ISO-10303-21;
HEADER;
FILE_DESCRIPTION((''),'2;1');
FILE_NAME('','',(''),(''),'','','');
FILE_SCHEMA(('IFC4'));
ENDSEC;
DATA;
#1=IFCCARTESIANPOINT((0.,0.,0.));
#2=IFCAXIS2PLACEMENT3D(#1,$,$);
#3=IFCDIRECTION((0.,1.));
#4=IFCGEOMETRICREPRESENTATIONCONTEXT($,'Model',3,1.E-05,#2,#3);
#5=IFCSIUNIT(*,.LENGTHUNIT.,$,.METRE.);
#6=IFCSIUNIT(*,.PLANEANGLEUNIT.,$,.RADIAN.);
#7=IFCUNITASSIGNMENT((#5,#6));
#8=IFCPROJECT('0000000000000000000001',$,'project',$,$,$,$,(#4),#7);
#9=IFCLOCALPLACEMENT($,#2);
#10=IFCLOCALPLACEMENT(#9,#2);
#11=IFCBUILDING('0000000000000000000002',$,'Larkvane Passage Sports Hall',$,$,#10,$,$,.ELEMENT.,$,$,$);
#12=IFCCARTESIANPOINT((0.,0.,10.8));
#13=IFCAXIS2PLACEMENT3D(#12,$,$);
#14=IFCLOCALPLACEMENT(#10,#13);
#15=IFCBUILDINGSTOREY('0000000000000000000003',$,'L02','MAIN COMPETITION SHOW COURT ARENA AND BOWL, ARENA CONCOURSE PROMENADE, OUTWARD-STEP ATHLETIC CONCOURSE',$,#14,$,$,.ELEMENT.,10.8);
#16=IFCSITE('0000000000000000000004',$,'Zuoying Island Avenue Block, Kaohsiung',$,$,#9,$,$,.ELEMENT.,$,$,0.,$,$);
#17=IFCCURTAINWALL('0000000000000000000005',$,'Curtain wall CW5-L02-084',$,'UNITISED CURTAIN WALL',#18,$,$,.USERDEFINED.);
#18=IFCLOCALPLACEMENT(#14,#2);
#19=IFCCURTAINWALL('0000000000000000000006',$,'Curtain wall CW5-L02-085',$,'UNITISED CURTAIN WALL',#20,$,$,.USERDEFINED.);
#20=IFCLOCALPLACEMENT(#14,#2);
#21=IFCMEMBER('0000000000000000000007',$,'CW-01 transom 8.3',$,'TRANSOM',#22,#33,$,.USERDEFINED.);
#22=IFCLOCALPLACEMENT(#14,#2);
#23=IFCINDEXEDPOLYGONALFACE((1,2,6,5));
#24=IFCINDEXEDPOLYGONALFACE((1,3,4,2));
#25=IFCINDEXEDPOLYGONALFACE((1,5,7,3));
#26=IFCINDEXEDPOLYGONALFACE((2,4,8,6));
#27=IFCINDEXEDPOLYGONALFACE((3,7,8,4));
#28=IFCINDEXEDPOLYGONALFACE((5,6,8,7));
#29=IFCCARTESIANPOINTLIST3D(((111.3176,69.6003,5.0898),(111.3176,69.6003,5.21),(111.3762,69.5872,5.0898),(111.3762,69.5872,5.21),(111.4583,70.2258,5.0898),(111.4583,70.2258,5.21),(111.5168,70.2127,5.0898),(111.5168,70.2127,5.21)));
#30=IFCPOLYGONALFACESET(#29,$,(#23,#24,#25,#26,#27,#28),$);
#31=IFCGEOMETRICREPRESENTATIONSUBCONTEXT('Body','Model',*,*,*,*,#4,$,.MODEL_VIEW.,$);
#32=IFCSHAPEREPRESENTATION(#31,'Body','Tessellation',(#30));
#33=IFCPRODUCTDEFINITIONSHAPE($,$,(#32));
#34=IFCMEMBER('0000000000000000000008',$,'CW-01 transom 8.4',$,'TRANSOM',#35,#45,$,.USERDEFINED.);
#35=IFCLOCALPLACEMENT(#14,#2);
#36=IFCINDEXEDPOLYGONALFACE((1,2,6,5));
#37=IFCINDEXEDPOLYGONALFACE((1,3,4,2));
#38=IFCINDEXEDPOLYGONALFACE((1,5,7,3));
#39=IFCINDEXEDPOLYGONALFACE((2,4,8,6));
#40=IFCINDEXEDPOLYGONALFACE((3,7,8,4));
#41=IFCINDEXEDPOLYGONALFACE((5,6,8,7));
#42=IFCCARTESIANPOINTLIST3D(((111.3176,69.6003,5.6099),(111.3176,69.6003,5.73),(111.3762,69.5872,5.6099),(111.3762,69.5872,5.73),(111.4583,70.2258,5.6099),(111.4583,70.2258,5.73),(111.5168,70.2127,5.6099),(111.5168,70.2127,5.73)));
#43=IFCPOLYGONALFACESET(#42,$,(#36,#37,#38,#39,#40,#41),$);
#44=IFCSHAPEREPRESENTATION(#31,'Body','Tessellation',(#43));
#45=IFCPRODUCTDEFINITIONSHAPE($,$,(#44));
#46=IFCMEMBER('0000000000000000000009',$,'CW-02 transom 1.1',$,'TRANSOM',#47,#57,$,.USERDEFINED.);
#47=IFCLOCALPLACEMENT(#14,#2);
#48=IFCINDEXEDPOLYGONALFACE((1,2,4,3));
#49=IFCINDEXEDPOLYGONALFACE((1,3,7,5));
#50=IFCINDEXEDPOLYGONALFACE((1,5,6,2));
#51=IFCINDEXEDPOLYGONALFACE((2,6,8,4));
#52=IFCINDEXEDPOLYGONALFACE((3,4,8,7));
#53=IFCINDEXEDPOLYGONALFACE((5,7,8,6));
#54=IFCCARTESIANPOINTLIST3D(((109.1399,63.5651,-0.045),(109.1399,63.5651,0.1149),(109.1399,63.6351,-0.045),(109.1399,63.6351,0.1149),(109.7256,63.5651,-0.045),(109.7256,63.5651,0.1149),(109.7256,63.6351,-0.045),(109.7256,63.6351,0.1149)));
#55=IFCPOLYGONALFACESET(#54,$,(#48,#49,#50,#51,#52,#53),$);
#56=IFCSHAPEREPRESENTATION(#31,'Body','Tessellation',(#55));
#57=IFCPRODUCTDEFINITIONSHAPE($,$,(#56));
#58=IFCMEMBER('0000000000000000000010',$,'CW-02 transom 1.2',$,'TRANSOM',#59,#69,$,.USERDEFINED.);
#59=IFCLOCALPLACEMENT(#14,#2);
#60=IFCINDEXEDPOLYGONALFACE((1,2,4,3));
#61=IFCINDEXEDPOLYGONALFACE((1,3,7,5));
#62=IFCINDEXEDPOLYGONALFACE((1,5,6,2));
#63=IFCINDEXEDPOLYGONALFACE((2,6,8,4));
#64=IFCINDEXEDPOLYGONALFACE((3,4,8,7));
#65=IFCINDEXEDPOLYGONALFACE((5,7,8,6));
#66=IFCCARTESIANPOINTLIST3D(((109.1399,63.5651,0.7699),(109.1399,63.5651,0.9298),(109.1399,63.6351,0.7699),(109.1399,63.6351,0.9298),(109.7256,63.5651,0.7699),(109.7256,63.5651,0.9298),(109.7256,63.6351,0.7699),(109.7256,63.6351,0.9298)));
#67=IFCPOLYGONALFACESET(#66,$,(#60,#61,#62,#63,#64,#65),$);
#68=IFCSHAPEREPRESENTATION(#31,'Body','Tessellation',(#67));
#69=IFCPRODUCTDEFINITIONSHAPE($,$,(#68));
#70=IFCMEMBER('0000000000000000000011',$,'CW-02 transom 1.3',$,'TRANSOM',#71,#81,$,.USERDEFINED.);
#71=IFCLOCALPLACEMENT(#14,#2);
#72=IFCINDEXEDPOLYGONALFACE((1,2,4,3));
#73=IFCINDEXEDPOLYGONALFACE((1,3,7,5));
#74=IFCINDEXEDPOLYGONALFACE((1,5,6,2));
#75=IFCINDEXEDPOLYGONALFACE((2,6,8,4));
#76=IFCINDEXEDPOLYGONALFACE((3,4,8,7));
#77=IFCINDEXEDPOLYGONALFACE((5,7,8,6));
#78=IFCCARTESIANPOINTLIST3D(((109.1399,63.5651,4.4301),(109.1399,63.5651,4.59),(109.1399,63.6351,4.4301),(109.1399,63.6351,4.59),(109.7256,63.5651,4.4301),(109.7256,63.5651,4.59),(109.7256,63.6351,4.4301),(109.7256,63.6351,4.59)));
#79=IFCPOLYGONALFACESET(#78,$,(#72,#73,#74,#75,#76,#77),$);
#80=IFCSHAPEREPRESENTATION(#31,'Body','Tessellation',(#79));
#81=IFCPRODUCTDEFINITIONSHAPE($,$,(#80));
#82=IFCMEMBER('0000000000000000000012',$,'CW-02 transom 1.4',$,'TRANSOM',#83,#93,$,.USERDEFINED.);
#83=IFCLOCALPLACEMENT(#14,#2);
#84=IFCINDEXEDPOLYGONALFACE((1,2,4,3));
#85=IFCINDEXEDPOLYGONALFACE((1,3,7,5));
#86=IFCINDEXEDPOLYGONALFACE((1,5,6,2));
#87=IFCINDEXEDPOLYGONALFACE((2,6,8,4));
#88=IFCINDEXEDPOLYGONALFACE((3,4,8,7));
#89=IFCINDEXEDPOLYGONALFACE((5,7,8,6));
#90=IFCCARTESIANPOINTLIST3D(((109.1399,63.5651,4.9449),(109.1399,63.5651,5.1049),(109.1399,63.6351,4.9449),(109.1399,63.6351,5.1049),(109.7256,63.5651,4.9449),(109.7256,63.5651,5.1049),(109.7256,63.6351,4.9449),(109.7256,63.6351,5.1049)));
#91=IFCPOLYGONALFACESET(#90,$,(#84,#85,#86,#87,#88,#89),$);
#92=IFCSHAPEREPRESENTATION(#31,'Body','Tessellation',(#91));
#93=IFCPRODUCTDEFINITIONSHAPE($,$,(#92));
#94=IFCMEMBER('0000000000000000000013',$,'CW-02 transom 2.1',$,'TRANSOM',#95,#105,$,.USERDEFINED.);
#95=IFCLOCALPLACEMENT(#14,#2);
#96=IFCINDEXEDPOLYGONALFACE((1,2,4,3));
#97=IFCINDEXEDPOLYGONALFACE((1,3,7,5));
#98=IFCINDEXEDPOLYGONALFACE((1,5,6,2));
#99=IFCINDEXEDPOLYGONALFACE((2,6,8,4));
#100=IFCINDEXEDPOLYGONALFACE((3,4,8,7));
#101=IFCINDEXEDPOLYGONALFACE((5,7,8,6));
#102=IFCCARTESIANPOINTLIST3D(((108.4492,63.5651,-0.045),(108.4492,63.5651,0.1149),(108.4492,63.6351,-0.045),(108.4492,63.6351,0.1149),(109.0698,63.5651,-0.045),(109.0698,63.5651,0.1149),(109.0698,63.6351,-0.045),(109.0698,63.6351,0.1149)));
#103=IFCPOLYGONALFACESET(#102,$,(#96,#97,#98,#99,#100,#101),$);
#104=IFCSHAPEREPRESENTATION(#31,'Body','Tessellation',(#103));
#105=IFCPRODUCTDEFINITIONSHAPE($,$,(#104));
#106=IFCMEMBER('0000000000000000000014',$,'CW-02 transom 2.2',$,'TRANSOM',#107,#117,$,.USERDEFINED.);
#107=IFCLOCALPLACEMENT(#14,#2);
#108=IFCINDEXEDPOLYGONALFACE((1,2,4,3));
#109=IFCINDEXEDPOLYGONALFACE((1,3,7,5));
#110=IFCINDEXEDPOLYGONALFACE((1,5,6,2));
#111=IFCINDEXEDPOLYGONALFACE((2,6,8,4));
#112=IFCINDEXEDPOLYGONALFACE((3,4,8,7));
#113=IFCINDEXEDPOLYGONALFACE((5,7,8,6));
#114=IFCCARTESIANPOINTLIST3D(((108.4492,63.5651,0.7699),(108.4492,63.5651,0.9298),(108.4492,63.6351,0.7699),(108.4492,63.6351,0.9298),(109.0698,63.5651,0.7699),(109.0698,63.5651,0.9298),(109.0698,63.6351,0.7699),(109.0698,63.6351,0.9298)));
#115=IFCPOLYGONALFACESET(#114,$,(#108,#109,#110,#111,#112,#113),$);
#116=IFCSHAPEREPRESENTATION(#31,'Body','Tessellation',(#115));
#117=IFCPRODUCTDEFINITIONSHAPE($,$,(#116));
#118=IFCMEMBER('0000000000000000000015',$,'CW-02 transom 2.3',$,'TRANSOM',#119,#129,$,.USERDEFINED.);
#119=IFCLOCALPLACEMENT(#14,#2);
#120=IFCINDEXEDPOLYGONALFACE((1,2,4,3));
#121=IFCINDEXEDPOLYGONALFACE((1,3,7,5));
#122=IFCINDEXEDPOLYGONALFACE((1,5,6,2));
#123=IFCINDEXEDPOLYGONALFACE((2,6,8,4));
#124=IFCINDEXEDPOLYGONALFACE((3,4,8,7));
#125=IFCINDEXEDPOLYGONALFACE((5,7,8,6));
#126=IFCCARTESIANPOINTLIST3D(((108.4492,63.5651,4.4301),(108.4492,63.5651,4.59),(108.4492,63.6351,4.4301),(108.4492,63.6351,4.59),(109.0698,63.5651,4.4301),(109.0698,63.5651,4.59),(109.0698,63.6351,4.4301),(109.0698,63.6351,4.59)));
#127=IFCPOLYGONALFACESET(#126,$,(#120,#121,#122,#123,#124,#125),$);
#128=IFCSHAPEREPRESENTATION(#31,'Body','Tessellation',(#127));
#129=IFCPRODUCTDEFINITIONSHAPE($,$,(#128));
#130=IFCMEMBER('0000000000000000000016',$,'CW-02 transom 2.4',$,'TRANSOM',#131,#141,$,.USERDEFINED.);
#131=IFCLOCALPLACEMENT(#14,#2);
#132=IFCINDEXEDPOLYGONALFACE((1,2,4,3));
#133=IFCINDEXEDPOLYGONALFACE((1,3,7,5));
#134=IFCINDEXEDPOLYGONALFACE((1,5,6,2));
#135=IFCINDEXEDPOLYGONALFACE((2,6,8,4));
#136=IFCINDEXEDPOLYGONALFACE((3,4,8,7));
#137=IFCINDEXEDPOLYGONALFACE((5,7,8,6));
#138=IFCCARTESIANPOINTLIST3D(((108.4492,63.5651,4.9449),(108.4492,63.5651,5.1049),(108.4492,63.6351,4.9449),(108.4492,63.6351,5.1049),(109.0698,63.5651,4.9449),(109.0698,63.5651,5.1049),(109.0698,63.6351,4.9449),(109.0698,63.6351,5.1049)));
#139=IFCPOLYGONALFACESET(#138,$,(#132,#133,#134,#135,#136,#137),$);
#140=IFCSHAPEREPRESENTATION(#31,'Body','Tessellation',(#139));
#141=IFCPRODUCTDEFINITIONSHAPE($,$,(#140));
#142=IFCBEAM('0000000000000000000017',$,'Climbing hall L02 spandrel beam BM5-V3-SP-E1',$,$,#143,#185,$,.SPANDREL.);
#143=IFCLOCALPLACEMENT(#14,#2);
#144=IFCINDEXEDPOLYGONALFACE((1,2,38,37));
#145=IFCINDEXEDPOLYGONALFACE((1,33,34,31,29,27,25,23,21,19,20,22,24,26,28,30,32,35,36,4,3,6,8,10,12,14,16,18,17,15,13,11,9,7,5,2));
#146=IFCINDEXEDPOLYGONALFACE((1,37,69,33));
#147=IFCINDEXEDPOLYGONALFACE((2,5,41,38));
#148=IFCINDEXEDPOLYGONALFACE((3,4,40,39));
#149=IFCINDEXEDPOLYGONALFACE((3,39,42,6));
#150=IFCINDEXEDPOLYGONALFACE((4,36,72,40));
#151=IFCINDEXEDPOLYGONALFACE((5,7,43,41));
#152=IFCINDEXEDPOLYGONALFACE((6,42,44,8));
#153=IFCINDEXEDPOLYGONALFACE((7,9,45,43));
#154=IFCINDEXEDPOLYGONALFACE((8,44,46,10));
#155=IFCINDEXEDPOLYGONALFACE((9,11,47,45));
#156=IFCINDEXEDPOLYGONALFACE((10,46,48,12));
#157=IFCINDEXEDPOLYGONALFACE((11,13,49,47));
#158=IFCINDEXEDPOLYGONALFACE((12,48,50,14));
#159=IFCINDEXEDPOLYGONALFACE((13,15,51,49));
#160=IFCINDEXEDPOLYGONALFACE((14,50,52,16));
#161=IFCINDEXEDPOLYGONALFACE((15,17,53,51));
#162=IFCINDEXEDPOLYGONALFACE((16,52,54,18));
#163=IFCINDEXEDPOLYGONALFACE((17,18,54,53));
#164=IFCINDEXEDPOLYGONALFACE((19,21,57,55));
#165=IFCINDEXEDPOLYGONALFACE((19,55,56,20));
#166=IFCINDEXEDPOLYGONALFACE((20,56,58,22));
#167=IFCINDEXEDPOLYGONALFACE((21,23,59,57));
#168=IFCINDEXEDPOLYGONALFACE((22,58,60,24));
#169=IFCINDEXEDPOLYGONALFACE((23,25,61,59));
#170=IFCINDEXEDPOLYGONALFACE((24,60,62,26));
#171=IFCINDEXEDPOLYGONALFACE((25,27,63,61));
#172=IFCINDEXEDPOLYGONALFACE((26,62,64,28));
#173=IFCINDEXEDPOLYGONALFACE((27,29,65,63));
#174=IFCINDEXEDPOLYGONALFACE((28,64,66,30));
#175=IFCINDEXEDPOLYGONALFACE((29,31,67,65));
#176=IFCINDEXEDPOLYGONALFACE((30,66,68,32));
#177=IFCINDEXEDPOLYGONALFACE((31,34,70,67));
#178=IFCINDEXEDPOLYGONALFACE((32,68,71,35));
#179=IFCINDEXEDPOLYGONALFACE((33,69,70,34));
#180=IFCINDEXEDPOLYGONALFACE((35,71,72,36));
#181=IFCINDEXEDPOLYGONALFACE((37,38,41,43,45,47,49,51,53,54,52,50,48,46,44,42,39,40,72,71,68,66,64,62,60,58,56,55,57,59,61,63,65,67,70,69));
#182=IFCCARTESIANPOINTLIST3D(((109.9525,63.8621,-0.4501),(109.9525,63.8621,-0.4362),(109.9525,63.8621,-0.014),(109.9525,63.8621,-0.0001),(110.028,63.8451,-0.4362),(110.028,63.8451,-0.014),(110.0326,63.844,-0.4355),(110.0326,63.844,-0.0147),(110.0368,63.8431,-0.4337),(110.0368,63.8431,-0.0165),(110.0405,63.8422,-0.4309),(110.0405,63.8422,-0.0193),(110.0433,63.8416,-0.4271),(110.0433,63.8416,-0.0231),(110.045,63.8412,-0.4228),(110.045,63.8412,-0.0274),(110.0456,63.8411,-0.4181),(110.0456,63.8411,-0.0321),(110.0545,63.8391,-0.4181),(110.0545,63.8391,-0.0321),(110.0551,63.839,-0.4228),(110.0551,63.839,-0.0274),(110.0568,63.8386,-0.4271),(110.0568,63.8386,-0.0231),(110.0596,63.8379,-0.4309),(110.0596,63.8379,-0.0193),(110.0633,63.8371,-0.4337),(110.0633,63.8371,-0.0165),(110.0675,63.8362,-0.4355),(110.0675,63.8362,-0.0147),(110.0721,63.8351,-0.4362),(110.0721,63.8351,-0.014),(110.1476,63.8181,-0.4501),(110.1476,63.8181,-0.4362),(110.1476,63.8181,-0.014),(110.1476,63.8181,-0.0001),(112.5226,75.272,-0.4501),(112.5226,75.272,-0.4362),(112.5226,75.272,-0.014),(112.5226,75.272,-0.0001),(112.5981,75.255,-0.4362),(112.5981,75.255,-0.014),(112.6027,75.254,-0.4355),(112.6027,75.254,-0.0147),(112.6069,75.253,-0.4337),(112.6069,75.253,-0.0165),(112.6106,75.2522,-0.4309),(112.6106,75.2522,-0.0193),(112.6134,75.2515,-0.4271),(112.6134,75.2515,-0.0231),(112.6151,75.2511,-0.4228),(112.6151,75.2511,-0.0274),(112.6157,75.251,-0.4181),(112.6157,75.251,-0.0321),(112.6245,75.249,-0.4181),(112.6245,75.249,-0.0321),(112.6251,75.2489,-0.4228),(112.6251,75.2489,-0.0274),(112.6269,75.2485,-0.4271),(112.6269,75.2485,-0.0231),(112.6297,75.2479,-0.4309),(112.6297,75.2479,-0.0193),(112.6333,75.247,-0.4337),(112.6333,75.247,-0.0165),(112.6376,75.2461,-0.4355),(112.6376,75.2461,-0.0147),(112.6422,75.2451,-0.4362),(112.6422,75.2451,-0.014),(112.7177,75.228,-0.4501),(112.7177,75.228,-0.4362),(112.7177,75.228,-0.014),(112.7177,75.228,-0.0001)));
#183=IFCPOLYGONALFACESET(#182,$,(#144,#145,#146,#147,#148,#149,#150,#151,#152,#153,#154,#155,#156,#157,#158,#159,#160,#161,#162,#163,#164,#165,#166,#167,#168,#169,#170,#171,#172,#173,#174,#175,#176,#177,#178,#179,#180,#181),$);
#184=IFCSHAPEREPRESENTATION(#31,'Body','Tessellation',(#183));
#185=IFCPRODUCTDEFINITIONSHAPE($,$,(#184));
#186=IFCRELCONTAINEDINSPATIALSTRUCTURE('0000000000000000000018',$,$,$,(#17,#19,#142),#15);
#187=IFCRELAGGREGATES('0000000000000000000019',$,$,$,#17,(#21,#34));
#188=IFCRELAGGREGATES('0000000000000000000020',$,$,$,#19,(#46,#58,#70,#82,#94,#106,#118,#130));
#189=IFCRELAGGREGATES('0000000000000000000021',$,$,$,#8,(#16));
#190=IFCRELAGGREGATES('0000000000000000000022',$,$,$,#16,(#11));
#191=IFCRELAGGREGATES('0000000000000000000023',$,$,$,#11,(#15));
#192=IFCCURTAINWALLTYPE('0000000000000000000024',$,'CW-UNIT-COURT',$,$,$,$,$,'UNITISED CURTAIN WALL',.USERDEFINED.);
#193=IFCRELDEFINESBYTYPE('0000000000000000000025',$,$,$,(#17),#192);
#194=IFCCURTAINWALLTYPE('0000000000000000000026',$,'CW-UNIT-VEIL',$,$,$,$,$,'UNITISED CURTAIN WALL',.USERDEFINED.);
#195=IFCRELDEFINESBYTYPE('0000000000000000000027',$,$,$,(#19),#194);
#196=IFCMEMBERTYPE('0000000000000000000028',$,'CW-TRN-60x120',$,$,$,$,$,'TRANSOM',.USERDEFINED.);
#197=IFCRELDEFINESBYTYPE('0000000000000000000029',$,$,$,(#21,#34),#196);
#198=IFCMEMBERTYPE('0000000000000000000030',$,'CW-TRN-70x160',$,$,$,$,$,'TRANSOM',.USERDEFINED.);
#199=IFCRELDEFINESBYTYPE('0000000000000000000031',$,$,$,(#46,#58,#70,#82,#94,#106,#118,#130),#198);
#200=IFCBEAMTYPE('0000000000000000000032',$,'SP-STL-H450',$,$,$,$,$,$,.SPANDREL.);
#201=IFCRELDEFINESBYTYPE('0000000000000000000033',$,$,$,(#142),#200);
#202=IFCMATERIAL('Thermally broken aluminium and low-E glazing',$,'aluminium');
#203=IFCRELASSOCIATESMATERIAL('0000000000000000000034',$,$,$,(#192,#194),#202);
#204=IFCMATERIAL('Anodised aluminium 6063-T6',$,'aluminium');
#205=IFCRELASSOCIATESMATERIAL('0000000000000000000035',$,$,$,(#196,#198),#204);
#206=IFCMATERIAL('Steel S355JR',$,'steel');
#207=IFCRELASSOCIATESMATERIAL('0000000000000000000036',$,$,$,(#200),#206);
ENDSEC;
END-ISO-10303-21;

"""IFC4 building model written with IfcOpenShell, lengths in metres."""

from ifc_helpers import new_model, si_unit, direction, frame, origin, origin_2d, place, context, subcontext, project, spatial, rectangle, i_section, extrude, material, material_profile, profile_set, type_object, element, aggregate, save


model = new_model("IFC4")

# Units and contexts
model_context = context("Model", 3, precision=1e-05, world=origin(), true_north=direction((0.0, 1.0)))
body_context = subcontext(model_context, "Body", "Model", "MODEL_VIEW")
ifc_project = project(units=[si_unit("LENGTHUNIT", "METRE"), si_unit("PLANEANGLEUNIT", "RADIAN")], contexts=[model_context])

# Site, building, storey
site_placement = place(None, origin())
site = spatial("IfcSite", under=ifc_project, at=site_placement, Name="Zuoying Island Avenue Block, Kaohsiung", CompositionType="ELEMENT", RefElevation=0.0)
building_placement = place(site_placement, origin())
building = spatial("IfcBuilding", under=site, at=building_placement, Name="Larkvane Passage Sports Hall", CompositionType="ELEMENT")
storey_placement = place(building_placement, frame((0.0, 0.0, 10.8)))
storey = spatial("IfcBuildingStorey", under=building, at=storey_placement, Name="L02", Description="MAIN COMPETITION SHOW COURT ARENA AND BOWL, ARENA CONCOURSE PROMENADE, OUTWARD-STEP ATHLETIC CONCOURSE", CompositionType="ELEMENT", Elevation=10.8)

# Shared definitions
ifc_material_1 = material(Name="Steel S355JR", Category="steel")

# Curtain walls
ifc_material_2 = material(Name="Thermally broken aluminium and low-E glazing", Category="aluminium")
curtain_wall_type_1 = type_object("IfcCurtainWallType", Name="CW-UNIT-COURT", ElementType="UNITISED CURTAIN WALL", PredefinedType="USERDEFINED", material=ifc_material_2)
curtain_wall_1_placement = place(storey_placement, origin())
curtain_wall_1 = element("IfcCurtainWall", 1, at=curtain_wall_1_placement, inside=storey, type_object=curtain_wall_type_1, Name="Curtain wall CW5-L02-084", ObjectType="UNITISED CURTAIN WALL", PredefinedType="USERDEFINED")
ifc_material_3 = material(Name="Anodised aluminium 6063-T6", Category="aluminium")
curtain_wall_type_2 = type_object("IfcCurtainWallType", Name="CW-UNIT-VEIL", ElementType="UNITISED CURTAIN WALL", PredefinedType="USERDEFINED", material=ifc_material_2)
curtain_wall_2_placement = place(storey_placement, origin())
curtain_wall_2 = element("IfcCurtainWall", 2, at=curtain_wall_2_placement, inside=storey, type_object=curtain_wall_type_2, Name="Curtain wall CW5-L02-085", ObjectType="UNITISED CURTAIN WALL", PredefinedType="USERDEFINED")

# Members
ifc_material_profile_1 = material_profile(ifc_material_3, rectangle(XDim=0.0601, YDim=0.1201, at=origin_2d()), Name="ALU-TRN-60x120")
ifc_profile_set_1 = profile_set([ifc_material_profile_1], Name="Anodised aluminium 6063-T6")
member_type_1 = type_object("IfcMemberType", Name="CW-TRN-60x120", ElementType="TRANSOM", PredefinedType="USERDEFINED", material=ifc_profile_set_1)
member_1_placement = place(storey_placement, frame((111.4875, 70.2192, 5.1499), z_axis=(-0.219349, -0.975646, 0.0), x_axis=(0.975646, -0.219349, 0.0)))
member_1 = element("IfcMember", 3, at=member_1_placement, type_object=member_type_1, Name="CW-01 transom 8.3", ObjectType="TRANSOM", PredefinedType="USERDEFINED", context=body_context, shape_type="SweptSolid", body=[
    extrude(rectangle(XDim=0.0601, YDim=0.1201, at=origin_2d()), origin(), (0.0, 0.0, 1.0), 0.6411),
])
member_2_placement = place(storey_placement, frame((111.4875, 70.2192, 5.6699), z_axis=(-0.219349, -0.975646, 0.0), x_axis=(0.975646, -0.219349, 0.0)))
member_2 = element("IfcMember", 4, at=member_2_placement, type_object=member_type_1, Name="CW-01 transom 8.4", ObjectType="TRANSOM", PredefinedType="USERDEFINED", context=body_context, shape_type="SweptSolid", body=[
    extrude(rectangle(XDim=0.0601, YDim=0.1201, at=origin_2d()), origin(), (0.0, 0.0, 1.0), 0.6411),
])
ifc_material_profile_2 = material_profile(ifc_material_3, rectangle(XDim=0.0701, YDim=0.1599, at=origin_2d()), Name="ALU-TRN-70x160")
ifc_profile_set_2 = profile_set([ifc_material_profile_2], Name="Anodised aluminium 6063-T6")
member_type_2 = type_object("IfcMemberType", Name="CW-TRN-70x160", ElementType="TRANSOM", PredefinedType="USERDEFINED", material=ifc_profile_set_2)
member_3_placement = place(storey_placement, frame((109.7256, 63.6001, 0.0349), z_axis=(-1.0, 0.0, 0.0), x_axis=(0.0, -1.0, 0.0)))
member_3 = element("IfcMember", 5, at=member_3_placement, type_object=member_type_2, Name="CW-02 transom 1.1", ObjectType="TRANSOM", PredefinedType="USERDEFINED", context=body_context, shape_type="SweptSolid", body=[
    extrude(rectangle(XDim=0.0701, YDim=0.1599, at=origin_2d()), origin(), (0.0, 0.0, 1.0), 0.5857),
])
member_4_placement = place(storey_placement, frame((109.7256, 63.6001, 0.8499), z_axis=(-1.0, 0.0, 0.0), x_axis=(0.0, -1.0, 0.0)))
member_4 = element("IfcMember", 6, at=member_4_placement, type_object=member_type_2, Name="CW-02 transom 1.2", ObjectType="TRANSOM", PredefinedType="USERDEFINED", context=body_context, shape_type="SweptSolid", body=[
    extrude(rectangle(XDim=0.0701, YDim=0.1599, at=origin_2d()), origin(), (0.0, 0.0, 1.0), 0.5857),
])
member_5_placement = place(storey_placement, frame((109.7256, 63.6001, 4.51), z_axis=(-1.0, 0.0, 0.0), x_axis=(0.0, -1.0, 0.0)))
member_5 = element("IfcMember", 7, at=member_5_placement, type_object=member_type_2, Name="CW-02 transom 1.3", ObjectType="TRANSOM", PredefinedType="USERDEFINED", context=body_context, shape_type="SweptSolid", body=[
    extrude(rectangle(XDim=0.0701, YDim=0.1599, at=origin_2d()), origin(), (0.0, 0.0, 1.0), 0.5857),
])
member_6_placement = place(storey_placement, frame((109.7256, 63.6001, 5.0249), z_axis=(-1.0, 0.0, 0.0), x_axis=(0.0, -1.0, 0.0)))
member_6 = element("IfcMember", 8, at=member_6_placement, type_object=member_type_2, Name="CW-02 transom 1.4", ObjectType="TRANSOM", PredefinedType="USERDEFINED", context=body_context, shape_type="SweptSolid", body=[
    extrude(rectangle(XDim=0.0701, YDim=0.1599, at=origin_2d()), origin(), (0.0, 0.0, 1.0), 0.5857),
])
member_7_placement = place(storey_placement, frame((109.0698, 63.6001, 0.0349), z_axis=(-1.0, 0.0, 0.0), x_axis=(0.0, -1.0, 0.0)))
member_7 = element("IfcMember", 9, at=member_7_placement, type_object=member_type_2, Name="CW-02 transom 2.1", ObjectType="TRANSOM", PredefinedType="USERDEFINED", context=body_context, shape_type="SweptSolid", body=[
    extrude(rectangle(XDim=0.0701, YDim=0.1599, at=origin_2d()), origin(), (0.0, 0.0, 1.0), 0.6206),
])
member_8_placement = place(storey_placement, frame((109.0698, 63.6001, 0.8499), z_axis=(-1.0, 0.0, 0.0), x_axis=(0.0, -1.0, 0.0)))
member_8 = element("IfcMember", 10, at=member_8_placement, type_object=member_type_2, Name="CW-02 transom 2.2", ObjectType="TRANSOM", PredefinedType="USERDEFINED", context=body_context, shape_type="SweptSolid", body=[
    extrude(rectangle(XDim=0.0701, YDim=0.1599, at=origin_2d()), origin(), (0.0, 0.0, 1.0), 0.6206),
])
member_9_placement = place(storey_placement, frame((109.0698, 63.6001, 4.51), z_axis=(-1.0, 0.0, 0.0), x_axis=(0.0, -1.0, 0.0)))
member_9 = element("IfcMember", 11, at=member_9_placement, type_object=member_type_2, Name="CW-02 transom 2.3", ObjectType="TRANSOM", PredefinedType="USERDEFINED", context=body_context, shape_type="SweptSolid", body=[
    extrude(rectangle(XDim=0.0701, YDim=0.1599, at=origin_2d()), origin(), (0.0, 0.0, 1.0), 0.6206),
])
member_10_placement = place(storey_placement, frame((109.0698, 63.6001, 5.0249), z_axis=(-1.0, 0.0, 0.0), x_axis=(0.0, -1.0, 0.0)))
member_10 = element("IfcMember", 12, at=member_10_placement, type_object=member_type_2, Name="CW-02 transom 2.4", ObjectType="TRANSOM", PredefinedType="USERDEFINED", context=body_context, shape_type="SweptSolid", body=[
    extrude(rectangle(XDim=0.0701, YDim=0.1599, at=origin_2d()), origin(), (0.0, 0.0, 1.0), 0.6206),
])

# Beam
ifc_material_profile_3 = material_profile(ifc_material_1, i_section(OverallWidth=0.2, OverallDepth=0.45, WebThickness=0.009, FlangeThickness=0.0139, FilletRadius=0.0181, at=origin_2d()), Name="H-450x200x9x14")
ifc_profile_set_3 = profile_set([ifc_material_profile_3], Name="Steel S355JR")
beam_type_1 = type_object("IfcBeamType", Name="SP-STL-H450", PredefinedType="SPANDREL", material=ifc_profile_set_3)
beam_1_placement = place(storey_placement, frame((110.05, 63.8401, -0.2251), z_axis=(0.219743, 0.975558, 0.0), x_axis=(-0.975558, 0.219743, 0.0)))
element("IfcBeam", 13, at=beam_1_placement, inside=storey, type_object=beam_type_1, Name="Climbing hall L02 spandrel beam BM5-V3-SP-E1", PredefinedType="SPANDREL", context=body_context, shape_type="SweptSolid", body=[
    extrude(i_section(OverallWidth=0.2, OverallDepth=0.45, WebThickness=0.009, FlangeThickness=0.0139, FilletRadius=0.0181, at=origin_2d()), origin(), (0.0, 0.0, 1.0), 11.6958),
])

aggregate(curtain_wall_1, [member_1, member_2])
aggregate(curtain_wall_2, [member_3, member_4, member_5, member_6, member_7, member_8, member_9, member_10])

save(model, "model.ifc")
